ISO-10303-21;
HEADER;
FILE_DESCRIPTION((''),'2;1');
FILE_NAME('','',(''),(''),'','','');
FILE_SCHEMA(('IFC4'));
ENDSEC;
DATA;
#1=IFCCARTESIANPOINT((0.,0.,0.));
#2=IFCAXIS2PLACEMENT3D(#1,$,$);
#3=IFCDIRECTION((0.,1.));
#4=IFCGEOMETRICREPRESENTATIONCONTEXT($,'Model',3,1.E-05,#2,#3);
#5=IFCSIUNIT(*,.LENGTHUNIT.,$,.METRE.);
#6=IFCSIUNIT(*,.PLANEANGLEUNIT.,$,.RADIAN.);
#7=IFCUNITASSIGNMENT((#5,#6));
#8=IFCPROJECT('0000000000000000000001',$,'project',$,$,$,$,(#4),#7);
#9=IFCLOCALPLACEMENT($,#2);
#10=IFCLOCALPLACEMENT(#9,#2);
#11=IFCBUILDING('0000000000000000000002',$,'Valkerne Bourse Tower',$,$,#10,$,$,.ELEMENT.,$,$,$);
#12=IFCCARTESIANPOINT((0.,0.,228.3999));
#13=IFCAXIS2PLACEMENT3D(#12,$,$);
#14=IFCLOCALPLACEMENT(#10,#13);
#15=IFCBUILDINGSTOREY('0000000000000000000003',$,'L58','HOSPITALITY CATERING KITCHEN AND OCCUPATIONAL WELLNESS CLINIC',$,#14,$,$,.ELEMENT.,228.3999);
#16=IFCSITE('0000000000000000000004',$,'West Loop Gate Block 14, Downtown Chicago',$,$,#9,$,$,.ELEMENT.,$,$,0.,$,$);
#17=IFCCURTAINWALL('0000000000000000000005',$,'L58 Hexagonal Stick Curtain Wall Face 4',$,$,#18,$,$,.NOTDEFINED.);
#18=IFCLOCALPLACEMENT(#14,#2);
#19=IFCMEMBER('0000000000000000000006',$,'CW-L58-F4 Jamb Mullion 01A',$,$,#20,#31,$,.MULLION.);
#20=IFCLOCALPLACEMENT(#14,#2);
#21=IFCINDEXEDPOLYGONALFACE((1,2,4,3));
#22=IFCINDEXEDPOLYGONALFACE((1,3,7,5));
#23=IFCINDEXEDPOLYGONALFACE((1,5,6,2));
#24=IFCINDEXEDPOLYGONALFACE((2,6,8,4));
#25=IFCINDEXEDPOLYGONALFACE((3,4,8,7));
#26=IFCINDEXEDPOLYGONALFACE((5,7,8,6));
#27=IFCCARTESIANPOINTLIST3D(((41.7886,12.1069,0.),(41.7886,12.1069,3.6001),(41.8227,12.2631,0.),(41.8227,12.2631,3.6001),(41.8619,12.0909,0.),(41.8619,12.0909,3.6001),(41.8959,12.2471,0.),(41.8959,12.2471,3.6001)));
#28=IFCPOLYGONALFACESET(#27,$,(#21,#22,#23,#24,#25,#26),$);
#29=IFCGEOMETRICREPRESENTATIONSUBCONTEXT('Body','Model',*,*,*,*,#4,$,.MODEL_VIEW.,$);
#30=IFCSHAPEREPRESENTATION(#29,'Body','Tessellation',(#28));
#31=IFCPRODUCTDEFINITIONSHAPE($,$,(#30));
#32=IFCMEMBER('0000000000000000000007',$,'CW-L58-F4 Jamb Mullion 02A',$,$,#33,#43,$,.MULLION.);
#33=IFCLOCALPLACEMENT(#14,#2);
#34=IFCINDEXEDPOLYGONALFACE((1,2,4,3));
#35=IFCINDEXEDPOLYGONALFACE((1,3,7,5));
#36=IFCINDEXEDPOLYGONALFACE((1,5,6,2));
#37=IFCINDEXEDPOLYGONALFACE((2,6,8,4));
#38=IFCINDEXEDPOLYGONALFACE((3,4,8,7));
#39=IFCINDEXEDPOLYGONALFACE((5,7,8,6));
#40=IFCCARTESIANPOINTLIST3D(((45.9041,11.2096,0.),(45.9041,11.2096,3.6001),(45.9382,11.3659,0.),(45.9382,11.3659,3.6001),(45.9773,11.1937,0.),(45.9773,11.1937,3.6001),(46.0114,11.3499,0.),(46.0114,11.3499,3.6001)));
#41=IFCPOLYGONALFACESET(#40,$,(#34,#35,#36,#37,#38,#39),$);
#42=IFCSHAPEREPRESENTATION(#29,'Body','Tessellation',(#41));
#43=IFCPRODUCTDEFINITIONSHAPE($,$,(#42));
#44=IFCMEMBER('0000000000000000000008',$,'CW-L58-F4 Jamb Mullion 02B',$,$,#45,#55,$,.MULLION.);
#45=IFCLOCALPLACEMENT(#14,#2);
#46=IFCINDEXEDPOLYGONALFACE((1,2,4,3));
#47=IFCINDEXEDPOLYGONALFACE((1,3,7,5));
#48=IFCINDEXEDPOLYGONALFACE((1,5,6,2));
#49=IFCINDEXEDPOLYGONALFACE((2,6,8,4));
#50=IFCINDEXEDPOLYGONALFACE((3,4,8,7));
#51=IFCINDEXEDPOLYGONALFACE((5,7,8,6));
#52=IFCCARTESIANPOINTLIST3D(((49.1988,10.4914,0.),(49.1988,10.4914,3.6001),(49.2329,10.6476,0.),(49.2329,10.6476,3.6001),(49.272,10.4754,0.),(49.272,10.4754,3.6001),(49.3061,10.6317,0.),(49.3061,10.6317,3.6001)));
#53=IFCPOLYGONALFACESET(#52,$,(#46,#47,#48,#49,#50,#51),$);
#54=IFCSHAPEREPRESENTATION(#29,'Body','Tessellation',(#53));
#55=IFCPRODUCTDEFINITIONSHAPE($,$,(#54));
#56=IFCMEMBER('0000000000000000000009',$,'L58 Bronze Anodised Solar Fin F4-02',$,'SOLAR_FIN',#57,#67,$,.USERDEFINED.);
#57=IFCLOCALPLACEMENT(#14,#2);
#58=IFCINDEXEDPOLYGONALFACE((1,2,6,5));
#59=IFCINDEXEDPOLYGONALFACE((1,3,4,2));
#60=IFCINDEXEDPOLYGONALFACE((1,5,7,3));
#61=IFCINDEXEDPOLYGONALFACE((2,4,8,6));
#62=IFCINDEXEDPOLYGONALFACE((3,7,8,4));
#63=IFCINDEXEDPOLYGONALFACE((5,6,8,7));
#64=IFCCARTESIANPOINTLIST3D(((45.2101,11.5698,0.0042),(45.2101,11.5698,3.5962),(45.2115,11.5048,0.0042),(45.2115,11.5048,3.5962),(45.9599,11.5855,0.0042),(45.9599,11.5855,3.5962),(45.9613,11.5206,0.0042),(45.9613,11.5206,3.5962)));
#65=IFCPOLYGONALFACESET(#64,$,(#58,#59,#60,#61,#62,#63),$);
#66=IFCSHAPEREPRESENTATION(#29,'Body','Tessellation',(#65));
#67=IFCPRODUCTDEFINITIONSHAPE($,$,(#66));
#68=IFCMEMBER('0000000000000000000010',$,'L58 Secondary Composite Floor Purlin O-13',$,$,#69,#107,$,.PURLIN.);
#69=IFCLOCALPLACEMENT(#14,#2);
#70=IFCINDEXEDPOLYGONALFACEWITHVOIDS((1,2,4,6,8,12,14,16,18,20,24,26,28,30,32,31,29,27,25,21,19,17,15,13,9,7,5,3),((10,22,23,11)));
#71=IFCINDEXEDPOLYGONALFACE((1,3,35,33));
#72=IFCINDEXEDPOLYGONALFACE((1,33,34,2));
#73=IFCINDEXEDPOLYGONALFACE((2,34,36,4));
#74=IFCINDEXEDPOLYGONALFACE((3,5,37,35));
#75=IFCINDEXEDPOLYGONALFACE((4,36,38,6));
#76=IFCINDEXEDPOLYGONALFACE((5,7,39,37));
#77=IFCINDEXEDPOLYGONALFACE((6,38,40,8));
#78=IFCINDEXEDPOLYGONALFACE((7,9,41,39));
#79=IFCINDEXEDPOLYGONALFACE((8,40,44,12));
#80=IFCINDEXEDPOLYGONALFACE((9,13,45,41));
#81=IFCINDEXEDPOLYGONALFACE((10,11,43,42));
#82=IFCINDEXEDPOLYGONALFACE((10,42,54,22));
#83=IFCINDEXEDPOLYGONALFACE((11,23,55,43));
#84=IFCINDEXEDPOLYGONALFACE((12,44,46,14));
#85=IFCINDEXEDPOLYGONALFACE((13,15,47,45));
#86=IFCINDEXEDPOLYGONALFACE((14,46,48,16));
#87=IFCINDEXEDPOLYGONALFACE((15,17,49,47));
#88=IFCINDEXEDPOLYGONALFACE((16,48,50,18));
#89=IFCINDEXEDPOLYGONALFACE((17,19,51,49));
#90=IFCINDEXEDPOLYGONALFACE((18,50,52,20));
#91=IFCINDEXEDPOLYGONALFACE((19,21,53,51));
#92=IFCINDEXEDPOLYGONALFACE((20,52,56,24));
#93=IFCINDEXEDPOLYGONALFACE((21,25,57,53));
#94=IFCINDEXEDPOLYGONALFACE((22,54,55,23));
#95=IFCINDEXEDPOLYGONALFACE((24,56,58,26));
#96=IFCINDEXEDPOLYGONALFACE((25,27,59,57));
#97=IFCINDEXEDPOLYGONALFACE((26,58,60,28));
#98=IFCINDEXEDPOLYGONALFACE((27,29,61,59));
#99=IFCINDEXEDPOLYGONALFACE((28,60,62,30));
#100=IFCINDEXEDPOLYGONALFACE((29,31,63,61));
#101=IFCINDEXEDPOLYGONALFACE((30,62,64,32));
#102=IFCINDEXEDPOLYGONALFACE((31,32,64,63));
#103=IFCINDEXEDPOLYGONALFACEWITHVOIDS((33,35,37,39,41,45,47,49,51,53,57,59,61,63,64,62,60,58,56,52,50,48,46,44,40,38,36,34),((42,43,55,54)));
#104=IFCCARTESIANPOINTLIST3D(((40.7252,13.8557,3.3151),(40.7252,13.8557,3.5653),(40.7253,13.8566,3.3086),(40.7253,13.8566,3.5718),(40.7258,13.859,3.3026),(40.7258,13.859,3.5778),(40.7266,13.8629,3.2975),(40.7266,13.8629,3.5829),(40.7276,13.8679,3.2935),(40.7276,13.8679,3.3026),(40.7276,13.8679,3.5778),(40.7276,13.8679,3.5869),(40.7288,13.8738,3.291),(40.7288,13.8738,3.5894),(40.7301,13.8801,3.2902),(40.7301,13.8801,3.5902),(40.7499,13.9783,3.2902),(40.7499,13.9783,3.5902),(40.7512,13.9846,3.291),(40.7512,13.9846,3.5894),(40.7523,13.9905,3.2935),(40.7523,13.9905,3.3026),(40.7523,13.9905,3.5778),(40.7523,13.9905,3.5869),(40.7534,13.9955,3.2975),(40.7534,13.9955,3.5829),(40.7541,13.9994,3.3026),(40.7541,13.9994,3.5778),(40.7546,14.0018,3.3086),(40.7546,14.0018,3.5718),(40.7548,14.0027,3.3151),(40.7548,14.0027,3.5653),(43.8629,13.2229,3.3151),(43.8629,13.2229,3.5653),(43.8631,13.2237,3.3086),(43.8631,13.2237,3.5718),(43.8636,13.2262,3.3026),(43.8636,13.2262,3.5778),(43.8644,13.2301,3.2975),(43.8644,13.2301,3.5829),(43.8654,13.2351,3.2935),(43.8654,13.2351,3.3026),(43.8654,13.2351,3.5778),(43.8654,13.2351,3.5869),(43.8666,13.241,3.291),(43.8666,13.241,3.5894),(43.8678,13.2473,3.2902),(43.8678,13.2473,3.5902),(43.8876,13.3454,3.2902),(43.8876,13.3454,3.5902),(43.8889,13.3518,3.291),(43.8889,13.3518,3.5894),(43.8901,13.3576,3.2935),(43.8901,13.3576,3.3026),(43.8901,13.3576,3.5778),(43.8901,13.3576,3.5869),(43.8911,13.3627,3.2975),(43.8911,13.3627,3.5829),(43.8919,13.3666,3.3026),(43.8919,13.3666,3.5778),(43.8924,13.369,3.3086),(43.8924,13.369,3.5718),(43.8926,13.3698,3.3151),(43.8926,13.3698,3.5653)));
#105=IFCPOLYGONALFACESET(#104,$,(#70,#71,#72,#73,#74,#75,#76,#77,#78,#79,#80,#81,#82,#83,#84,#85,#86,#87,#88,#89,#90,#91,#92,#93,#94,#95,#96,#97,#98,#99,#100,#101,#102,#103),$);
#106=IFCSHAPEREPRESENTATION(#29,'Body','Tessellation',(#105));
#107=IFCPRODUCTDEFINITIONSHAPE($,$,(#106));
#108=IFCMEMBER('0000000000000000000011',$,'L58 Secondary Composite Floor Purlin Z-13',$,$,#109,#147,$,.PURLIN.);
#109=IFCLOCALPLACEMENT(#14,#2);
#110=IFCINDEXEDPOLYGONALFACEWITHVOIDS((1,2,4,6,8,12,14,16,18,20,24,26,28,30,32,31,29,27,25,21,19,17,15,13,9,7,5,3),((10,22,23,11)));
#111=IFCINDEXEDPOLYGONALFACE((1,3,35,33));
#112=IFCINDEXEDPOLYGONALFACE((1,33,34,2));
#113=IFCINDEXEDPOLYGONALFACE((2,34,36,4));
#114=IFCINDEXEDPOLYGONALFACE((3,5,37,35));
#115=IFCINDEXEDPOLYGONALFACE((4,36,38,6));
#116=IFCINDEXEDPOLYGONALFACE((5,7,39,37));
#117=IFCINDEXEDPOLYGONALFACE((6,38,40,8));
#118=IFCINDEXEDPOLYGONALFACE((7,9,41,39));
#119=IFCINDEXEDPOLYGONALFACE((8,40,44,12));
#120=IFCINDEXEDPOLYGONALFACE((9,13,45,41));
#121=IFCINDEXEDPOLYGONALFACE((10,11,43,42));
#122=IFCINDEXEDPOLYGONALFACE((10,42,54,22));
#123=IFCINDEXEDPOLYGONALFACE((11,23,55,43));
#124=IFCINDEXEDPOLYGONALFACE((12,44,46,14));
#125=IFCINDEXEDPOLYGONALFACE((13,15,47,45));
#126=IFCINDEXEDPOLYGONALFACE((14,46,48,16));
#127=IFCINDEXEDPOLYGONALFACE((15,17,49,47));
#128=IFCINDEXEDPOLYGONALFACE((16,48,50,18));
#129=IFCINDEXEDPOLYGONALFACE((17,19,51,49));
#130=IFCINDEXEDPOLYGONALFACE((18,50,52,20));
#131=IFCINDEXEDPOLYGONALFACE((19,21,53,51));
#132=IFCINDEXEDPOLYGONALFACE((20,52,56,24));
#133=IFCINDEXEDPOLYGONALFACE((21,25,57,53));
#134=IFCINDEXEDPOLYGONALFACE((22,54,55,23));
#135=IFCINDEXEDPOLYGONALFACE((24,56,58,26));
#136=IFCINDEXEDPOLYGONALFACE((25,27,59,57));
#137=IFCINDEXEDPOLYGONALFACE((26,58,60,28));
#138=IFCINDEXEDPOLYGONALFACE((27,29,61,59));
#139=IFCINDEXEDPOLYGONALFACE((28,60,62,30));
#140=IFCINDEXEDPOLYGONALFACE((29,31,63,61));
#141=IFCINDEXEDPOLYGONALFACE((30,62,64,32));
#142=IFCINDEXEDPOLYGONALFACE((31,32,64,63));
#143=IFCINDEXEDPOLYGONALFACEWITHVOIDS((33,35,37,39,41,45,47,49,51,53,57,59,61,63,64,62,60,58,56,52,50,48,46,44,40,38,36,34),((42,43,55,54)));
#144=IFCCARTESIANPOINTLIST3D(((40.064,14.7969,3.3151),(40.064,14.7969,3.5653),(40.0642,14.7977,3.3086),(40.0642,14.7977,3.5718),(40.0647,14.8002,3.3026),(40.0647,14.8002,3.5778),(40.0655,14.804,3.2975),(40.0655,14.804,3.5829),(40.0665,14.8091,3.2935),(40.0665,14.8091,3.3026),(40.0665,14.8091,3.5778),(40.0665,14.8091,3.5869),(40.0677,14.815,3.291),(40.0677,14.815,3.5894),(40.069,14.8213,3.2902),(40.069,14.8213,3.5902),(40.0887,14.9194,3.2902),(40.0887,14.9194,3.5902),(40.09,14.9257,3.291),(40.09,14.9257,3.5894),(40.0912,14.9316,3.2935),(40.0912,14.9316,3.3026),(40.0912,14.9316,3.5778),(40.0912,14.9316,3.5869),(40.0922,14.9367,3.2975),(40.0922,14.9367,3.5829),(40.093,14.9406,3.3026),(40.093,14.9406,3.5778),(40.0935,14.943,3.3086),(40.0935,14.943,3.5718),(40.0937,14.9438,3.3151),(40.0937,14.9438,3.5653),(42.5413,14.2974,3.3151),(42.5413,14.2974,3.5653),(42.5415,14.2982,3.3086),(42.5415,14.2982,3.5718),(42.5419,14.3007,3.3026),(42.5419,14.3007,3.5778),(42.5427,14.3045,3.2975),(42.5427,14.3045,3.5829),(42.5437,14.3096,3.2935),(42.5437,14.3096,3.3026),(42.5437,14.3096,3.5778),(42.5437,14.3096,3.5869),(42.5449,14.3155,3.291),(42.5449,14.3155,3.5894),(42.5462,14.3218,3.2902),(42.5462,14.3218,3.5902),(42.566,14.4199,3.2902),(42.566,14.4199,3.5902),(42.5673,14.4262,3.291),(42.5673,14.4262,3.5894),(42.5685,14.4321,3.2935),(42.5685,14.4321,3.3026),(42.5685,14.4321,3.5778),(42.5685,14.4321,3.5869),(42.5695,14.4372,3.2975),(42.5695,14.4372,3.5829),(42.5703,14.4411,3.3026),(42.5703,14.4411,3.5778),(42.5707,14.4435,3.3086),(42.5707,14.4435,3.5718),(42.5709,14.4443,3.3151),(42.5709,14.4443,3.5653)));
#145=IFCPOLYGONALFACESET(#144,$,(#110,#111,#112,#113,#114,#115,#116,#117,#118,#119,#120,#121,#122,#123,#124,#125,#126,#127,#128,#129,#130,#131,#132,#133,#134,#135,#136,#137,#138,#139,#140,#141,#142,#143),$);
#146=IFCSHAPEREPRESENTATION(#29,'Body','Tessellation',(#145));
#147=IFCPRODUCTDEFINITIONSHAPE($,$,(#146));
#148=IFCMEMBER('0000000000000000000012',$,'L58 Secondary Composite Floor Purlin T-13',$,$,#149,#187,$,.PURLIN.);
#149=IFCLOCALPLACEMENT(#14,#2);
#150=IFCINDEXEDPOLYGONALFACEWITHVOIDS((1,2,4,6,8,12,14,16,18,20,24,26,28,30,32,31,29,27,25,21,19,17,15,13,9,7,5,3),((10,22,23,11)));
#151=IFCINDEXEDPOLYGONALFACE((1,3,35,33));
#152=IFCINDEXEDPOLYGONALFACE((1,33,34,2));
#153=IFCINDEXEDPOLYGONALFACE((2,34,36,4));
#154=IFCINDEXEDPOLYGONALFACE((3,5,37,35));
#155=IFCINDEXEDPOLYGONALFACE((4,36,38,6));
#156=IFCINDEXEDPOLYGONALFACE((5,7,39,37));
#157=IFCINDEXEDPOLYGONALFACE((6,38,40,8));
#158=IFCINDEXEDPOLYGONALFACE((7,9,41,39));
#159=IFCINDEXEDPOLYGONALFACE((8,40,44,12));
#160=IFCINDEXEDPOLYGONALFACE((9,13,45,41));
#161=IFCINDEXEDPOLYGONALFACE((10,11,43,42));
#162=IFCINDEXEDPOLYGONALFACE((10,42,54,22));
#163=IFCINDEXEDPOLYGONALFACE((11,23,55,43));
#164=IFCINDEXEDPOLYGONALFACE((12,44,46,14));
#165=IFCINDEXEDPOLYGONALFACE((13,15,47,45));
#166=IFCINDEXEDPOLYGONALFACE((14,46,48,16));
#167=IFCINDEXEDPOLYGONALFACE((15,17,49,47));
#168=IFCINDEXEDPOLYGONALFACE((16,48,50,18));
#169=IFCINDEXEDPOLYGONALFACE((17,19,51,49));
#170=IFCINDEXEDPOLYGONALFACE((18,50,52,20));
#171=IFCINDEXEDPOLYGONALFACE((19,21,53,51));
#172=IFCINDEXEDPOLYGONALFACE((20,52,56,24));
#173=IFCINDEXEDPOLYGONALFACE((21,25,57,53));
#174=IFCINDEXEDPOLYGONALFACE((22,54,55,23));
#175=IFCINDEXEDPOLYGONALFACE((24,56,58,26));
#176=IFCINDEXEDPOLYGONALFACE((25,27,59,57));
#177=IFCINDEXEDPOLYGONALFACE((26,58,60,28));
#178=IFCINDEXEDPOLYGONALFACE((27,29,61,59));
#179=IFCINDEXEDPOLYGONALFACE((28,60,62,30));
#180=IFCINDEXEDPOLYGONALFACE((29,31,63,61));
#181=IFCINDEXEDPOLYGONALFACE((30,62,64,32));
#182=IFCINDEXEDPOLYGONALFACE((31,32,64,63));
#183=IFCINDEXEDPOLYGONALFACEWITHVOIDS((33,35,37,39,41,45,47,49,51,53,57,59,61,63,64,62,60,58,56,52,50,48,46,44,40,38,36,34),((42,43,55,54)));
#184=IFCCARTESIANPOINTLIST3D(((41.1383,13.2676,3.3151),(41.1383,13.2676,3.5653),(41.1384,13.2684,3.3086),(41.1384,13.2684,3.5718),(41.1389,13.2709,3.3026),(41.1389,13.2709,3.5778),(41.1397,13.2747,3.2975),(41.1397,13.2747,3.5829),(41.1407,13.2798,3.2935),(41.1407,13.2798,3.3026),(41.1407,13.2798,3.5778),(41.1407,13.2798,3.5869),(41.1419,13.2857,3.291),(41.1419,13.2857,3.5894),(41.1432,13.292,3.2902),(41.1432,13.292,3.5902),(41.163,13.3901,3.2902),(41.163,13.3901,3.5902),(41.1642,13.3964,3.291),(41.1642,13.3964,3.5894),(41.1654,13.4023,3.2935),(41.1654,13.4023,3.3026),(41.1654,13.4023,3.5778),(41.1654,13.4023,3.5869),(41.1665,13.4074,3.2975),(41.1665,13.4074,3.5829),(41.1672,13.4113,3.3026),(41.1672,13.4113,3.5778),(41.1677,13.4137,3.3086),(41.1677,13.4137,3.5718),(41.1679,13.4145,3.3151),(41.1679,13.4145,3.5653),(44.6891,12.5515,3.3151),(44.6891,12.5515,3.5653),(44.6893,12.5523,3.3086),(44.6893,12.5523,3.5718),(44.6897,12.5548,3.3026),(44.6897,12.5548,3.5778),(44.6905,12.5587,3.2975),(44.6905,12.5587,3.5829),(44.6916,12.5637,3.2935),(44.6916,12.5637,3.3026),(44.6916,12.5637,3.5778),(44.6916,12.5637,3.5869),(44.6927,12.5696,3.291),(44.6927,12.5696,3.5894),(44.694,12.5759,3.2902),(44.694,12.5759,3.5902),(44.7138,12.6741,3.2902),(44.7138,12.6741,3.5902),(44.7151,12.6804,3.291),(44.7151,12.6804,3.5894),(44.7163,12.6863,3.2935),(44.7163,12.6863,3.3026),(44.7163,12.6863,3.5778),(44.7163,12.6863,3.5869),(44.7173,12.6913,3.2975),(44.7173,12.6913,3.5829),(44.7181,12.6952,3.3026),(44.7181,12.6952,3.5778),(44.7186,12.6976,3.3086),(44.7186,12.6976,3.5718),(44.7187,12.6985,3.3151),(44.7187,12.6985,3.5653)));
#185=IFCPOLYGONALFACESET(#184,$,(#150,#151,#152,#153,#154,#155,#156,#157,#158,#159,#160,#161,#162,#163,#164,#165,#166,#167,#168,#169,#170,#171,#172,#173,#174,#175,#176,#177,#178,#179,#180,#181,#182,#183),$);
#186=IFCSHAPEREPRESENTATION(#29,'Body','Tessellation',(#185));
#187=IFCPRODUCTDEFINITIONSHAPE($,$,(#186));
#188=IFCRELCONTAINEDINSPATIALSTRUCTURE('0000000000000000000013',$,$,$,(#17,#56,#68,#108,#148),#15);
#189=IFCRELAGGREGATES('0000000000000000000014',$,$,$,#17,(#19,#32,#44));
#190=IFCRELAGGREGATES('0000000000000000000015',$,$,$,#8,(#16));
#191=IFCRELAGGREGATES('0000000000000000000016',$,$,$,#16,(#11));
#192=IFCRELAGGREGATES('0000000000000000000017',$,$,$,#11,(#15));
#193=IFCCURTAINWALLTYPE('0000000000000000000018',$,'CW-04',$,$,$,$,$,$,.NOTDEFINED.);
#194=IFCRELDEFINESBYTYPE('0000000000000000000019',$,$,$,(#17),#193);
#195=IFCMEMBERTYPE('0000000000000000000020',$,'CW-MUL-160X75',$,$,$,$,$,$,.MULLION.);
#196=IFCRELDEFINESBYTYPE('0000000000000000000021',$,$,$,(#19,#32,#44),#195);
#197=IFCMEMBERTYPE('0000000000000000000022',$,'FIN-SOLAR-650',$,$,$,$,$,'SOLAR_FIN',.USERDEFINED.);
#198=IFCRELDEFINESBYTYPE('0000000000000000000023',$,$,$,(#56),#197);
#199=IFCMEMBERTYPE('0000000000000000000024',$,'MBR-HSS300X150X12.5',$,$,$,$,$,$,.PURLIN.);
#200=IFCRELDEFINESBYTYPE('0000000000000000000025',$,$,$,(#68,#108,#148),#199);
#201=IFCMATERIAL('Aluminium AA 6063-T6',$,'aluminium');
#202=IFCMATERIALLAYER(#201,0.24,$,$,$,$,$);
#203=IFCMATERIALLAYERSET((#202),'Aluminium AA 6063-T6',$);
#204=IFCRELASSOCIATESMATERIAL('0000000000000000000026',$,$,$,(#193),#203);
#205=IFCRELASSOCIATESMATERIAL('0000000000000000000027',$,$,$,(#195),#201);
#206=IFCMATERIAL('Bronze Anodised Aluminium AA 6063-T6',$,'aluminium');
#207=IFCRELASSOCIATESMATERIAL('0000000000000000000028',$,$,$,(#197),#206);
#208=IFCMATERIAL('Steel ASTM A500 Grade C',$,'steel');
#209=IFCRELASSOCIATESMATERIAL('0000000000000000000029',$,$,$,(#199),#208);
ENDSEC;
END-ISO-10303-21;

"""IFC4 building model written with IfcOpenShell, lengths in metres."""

from ifc_helpers import new_model, si_unit, direction, frame, origin, origin_2d, place, context, subcontext, project, spatial, rectangle, hollow_rectangle, extrude, material, layer, layer_set, material_profile, profile_set, type_object, element, aggregate, save


model = new_model("IFC4")

# Units and contexts
model_context = context("Model", 3, precision=1e-05, world=origin(), true_north=direction((0.0, 1.0)))
body_context = subcontext(model_context, "Body", "Model", "MODEL_VIEW")
ifc_project = project(units=[si_unit("LENGTHUNIT", "METRE"), si_unit("PLANEANGLEUNIT", "RADIAN")], contexts=[model_context])

# Site, building, storey
site_placement = place(None, origin())
site = spatial("IfcSite", under=ifc_project, at=site_placement, Name="West Loop Gate Block 14, Downtown Chicago", CompositionType="ELEMENT", RefElevation=0.0)
building_placement = place(site_placement, origin())
building = spatial("IfcBuilding", under=site, at=building_placement, Name="Valkerne Bourse Tower", CompositionType="ELEMENT")
storey_placement = place(building_placement, frame((0.0, 0.0, 228.3999)))
storey = spatial("IfcBuildingStorey", under=building, at=storey_placement, Name="L58", Description="HOSPITALITY CATERING KITCHEN AND OCCUPATIONAL WELLNESS CLINIC", CompositionType="ELEMENT", Elevation=228.3999)

# Curtain wall, members
ifc_material_1 = material(Name="Aluminium AA 6063-T6", Category="aluminium")
ifc_layer_1 = layer(ifc_material_1, 0.24)
ifc_layer_set_1 = layer_set([ifc_layer_1], Name="Aluminium AA 6063-T6")
curtain_wall_type = type_object("IfcCurtainWallType", Name="CW-04", PredefinedType="NOTDEFINED", material=ifc_layer_set_1)
curtain_wall_placement = place(storey_placement, origin())
curtain_wall = element("IfcCurtainWall", 1, at=curtain_wall_placement, inside=storey, type_object=curtain_wall_type, Name="L58 Hexagonal Stick Curtain Wall Face 4", PredefinedType="NOTDEFINED")
ifc_material_profile_1 = material_profile(ifc_material_1, rectangle(XDim=0.075, YDim=0.1599, at=origin_2d()), Name="CWM-75X160")
ifc_profile_set_1 = profile_set([ifc_material_profile_1], Name="Aluminium AA 6063-T6")
member_type_1 = type_object("IfcMemberType", Name="CW-MUL-160X75", PredefinedType="MULLION", material=ifc_profile_set_1)
member_1_placement = place(storey_placement, frame((41.8423, 12.177, 0.0), z_axis=(0.0, 0.0, 1.0), x_axis=(0.977046, -0.21303, 0.0)))
member_1 = element("IfcMember", 2, at=member_1_placement, type_object=member_type_1, Name="CW-L58-F4 Jamb Mullion 01A", PredefinedType="MULLION", context=body_context, shape_type="SweptSolid", body=[
    extrude(rectangle(XDim=0.075, YDim=0.1599, at=origin_2d()), origin(), (0.0, 0.0, 1.0), 3.6001),
])
member_2_placement = place(storey_placement, frame((45.9578, 11.2798, 0.0), z_axis=(0.0, 0.0, 1.0), x_axis=(0.977045, -0.213035, 0.0)))
member_2 = element("IfcMember", 3, at=member_2_placement, type_object=member_type_1, Name="CW-L58-F4 Jamb Mullion 02A", PredefinedType="MULLION", context=body_context, shape_type="SweptSolid", body=[
    extrude(rectangle(XDim=0.075, YDim=0.1599, at=origin_2d()), origin(), (0.0, 0.0, 1.0), 3.6001),
])
member_3_placement = place(storey_placement, frame((49.2524, 10.5615, 0.0), z_axis=(0.0, 0.0, 1.0), x_axis=(0.977045, -0.213035, 0.0)))
member_3 = element("IfcMember", 4, at=member_3_placement, type_object=member_type_1, Name="CW-L58-F4 Jamb Mullion 02B", PredefinedType="MULLION", context=body_context, shape_type="SweptSolid", body=[
    extrude(rectangle(XDim=0.075, YDim=0.1599, at=origin_2d()), origin(), (0.0, 0.0, 1.0), 3.6001),
])

# Members
ifc_material_2 = material(Name="Bronze Anodised Aluminium AA 6063-T6", Category="aluminium")
ifc_material_profile_2 = material_profile(ifc_material_2, rectangle(XDim=0.0649, YDim=0.75, at=origin_2d()), Name="FIN-65X750")
ifc_profile_set_2 = profile_set([ifc_material_profile_2], Name="Bronze Anodised Aluminium AA 6063-T6")
member_type_2 = type_object("IfcMemberType", Name="FIN-SOLAR-650", ElementType="SOLAR_FIN", PredefinedType="USERDEFINED", material=ifc_profile_set_2)
member_4_placement = place(storey_placement, frame((45.5857, 11.5452, 0.0042), z_axis=(0.0, 0.0, 1.0), x_axis=(0.021004, -0.999779, 0.0)))
element("IfcMember", 5, at=member_4_placement, inside=storey, type_object=member_type_2, Name="L58 Bronze Anodised Solar Fin F4-02", ObjectType="SOLAR_FIN", PredefinedType="USERDEFINED", context=body_context, shape_type="SweptSolid", body=[
    extrude(rectangle(XDim=0.0649, YDim=0.75, at=origin_2d()), origin(), (0.0, 0.0, 1.0), 3.592),
])
ifc_material_3 = material(Name="Steel ASTM A500 Grade C", Category="steel")
ifc_material_profile_3 = material_profile(ifc_material_3, hollow_rectangle(XDim=0.1499, YDim=0.3, WallThickness=0.0125, OuterFilletRadius=0.0249, at=origin_2d()), Name="HSS300X150X12.5")
ifc_profile_set_3 = profile_set([ifc_material_profile_3], Name="Steel ASTM A500 Grade C")
member_type_3 = type_object("IfcMemberType", Name="MBR-HSS300X150X12.5", PredefinedType="PURLIN", material=ifc_profile_set_3)
member_5_placement = place(storey_placement, frame((40.74, 13.9292, 3.4402), z_axis=(0.980263, -0.1977, 0.0), x_axis=(0.1977, 0.980263, 0.0)))
element("IfcMember", 6, at=member_5_placement, inside=storey, type_object=member_type_3, Name="L58 Secondary Composite Floor Purlin O-13", PredefinedType="PURLIN", context=body_context, shape_type="SweptSolid", body=[
    extrude(hollow_rectangle(XDim=0.1499, YDim=0.3, WallThickness=0.0125, OuterFilletRadius=0.0249, at=origin_2d()), origin(), (0.0, 0.0, 1.0), 3.2009),
])
member_6_placement = place(storey_placement, frame((40.0789, 14.8704, 3.4402), z_axis=(0.980271, -0.197658, 0.0), x_axis=(0.197658, 0.980271, 0.0)))
element("IfcMember", 7, at=member_6_placement, inside=storey, type_object=member_type_3, Name="L58 Secondary Composite Floor Purlin Z-13", PredefinedType="PURLIN", context=body_context, shape_type="SweptSolid", body=[
    extrude(hollow_rectangle(XDim=0.1499, YDim=0.3, WallThickness=0.0125, OuterFilletRadius=0.0249, at=origin_2d()), origin(), (0.0, 0.0, 1.0), 2.5271),
])
member_7_placement = place(storey_placement, frame((41.1531, 13.3411, 3.4402), z_axis=(0.980266, -0.197684, 0.0), x_axis=(0.197684, 0.980266, 0.0)))
element("IfcMember", 8, at=member_7_placement, inside=storey, type_object=member_type_3, Name="L58 Secondary Composite Floor Purlin T-13", PredefinedType="PURLIN", context=body_context, shape_type="SweptSolid", body=[
    extrude(hollow_rectangle(XDim=0.1499, YDim=0.3, WallThickness=0.0125, OuterFilletRadius=0.0249, at=origin_2d()), origin(), (0.0, 0.0, 1.0), 3.6223),
])

aggregate(curtain_wall, [member_1, member_2, member_3])

save(model, "model.ifc")
